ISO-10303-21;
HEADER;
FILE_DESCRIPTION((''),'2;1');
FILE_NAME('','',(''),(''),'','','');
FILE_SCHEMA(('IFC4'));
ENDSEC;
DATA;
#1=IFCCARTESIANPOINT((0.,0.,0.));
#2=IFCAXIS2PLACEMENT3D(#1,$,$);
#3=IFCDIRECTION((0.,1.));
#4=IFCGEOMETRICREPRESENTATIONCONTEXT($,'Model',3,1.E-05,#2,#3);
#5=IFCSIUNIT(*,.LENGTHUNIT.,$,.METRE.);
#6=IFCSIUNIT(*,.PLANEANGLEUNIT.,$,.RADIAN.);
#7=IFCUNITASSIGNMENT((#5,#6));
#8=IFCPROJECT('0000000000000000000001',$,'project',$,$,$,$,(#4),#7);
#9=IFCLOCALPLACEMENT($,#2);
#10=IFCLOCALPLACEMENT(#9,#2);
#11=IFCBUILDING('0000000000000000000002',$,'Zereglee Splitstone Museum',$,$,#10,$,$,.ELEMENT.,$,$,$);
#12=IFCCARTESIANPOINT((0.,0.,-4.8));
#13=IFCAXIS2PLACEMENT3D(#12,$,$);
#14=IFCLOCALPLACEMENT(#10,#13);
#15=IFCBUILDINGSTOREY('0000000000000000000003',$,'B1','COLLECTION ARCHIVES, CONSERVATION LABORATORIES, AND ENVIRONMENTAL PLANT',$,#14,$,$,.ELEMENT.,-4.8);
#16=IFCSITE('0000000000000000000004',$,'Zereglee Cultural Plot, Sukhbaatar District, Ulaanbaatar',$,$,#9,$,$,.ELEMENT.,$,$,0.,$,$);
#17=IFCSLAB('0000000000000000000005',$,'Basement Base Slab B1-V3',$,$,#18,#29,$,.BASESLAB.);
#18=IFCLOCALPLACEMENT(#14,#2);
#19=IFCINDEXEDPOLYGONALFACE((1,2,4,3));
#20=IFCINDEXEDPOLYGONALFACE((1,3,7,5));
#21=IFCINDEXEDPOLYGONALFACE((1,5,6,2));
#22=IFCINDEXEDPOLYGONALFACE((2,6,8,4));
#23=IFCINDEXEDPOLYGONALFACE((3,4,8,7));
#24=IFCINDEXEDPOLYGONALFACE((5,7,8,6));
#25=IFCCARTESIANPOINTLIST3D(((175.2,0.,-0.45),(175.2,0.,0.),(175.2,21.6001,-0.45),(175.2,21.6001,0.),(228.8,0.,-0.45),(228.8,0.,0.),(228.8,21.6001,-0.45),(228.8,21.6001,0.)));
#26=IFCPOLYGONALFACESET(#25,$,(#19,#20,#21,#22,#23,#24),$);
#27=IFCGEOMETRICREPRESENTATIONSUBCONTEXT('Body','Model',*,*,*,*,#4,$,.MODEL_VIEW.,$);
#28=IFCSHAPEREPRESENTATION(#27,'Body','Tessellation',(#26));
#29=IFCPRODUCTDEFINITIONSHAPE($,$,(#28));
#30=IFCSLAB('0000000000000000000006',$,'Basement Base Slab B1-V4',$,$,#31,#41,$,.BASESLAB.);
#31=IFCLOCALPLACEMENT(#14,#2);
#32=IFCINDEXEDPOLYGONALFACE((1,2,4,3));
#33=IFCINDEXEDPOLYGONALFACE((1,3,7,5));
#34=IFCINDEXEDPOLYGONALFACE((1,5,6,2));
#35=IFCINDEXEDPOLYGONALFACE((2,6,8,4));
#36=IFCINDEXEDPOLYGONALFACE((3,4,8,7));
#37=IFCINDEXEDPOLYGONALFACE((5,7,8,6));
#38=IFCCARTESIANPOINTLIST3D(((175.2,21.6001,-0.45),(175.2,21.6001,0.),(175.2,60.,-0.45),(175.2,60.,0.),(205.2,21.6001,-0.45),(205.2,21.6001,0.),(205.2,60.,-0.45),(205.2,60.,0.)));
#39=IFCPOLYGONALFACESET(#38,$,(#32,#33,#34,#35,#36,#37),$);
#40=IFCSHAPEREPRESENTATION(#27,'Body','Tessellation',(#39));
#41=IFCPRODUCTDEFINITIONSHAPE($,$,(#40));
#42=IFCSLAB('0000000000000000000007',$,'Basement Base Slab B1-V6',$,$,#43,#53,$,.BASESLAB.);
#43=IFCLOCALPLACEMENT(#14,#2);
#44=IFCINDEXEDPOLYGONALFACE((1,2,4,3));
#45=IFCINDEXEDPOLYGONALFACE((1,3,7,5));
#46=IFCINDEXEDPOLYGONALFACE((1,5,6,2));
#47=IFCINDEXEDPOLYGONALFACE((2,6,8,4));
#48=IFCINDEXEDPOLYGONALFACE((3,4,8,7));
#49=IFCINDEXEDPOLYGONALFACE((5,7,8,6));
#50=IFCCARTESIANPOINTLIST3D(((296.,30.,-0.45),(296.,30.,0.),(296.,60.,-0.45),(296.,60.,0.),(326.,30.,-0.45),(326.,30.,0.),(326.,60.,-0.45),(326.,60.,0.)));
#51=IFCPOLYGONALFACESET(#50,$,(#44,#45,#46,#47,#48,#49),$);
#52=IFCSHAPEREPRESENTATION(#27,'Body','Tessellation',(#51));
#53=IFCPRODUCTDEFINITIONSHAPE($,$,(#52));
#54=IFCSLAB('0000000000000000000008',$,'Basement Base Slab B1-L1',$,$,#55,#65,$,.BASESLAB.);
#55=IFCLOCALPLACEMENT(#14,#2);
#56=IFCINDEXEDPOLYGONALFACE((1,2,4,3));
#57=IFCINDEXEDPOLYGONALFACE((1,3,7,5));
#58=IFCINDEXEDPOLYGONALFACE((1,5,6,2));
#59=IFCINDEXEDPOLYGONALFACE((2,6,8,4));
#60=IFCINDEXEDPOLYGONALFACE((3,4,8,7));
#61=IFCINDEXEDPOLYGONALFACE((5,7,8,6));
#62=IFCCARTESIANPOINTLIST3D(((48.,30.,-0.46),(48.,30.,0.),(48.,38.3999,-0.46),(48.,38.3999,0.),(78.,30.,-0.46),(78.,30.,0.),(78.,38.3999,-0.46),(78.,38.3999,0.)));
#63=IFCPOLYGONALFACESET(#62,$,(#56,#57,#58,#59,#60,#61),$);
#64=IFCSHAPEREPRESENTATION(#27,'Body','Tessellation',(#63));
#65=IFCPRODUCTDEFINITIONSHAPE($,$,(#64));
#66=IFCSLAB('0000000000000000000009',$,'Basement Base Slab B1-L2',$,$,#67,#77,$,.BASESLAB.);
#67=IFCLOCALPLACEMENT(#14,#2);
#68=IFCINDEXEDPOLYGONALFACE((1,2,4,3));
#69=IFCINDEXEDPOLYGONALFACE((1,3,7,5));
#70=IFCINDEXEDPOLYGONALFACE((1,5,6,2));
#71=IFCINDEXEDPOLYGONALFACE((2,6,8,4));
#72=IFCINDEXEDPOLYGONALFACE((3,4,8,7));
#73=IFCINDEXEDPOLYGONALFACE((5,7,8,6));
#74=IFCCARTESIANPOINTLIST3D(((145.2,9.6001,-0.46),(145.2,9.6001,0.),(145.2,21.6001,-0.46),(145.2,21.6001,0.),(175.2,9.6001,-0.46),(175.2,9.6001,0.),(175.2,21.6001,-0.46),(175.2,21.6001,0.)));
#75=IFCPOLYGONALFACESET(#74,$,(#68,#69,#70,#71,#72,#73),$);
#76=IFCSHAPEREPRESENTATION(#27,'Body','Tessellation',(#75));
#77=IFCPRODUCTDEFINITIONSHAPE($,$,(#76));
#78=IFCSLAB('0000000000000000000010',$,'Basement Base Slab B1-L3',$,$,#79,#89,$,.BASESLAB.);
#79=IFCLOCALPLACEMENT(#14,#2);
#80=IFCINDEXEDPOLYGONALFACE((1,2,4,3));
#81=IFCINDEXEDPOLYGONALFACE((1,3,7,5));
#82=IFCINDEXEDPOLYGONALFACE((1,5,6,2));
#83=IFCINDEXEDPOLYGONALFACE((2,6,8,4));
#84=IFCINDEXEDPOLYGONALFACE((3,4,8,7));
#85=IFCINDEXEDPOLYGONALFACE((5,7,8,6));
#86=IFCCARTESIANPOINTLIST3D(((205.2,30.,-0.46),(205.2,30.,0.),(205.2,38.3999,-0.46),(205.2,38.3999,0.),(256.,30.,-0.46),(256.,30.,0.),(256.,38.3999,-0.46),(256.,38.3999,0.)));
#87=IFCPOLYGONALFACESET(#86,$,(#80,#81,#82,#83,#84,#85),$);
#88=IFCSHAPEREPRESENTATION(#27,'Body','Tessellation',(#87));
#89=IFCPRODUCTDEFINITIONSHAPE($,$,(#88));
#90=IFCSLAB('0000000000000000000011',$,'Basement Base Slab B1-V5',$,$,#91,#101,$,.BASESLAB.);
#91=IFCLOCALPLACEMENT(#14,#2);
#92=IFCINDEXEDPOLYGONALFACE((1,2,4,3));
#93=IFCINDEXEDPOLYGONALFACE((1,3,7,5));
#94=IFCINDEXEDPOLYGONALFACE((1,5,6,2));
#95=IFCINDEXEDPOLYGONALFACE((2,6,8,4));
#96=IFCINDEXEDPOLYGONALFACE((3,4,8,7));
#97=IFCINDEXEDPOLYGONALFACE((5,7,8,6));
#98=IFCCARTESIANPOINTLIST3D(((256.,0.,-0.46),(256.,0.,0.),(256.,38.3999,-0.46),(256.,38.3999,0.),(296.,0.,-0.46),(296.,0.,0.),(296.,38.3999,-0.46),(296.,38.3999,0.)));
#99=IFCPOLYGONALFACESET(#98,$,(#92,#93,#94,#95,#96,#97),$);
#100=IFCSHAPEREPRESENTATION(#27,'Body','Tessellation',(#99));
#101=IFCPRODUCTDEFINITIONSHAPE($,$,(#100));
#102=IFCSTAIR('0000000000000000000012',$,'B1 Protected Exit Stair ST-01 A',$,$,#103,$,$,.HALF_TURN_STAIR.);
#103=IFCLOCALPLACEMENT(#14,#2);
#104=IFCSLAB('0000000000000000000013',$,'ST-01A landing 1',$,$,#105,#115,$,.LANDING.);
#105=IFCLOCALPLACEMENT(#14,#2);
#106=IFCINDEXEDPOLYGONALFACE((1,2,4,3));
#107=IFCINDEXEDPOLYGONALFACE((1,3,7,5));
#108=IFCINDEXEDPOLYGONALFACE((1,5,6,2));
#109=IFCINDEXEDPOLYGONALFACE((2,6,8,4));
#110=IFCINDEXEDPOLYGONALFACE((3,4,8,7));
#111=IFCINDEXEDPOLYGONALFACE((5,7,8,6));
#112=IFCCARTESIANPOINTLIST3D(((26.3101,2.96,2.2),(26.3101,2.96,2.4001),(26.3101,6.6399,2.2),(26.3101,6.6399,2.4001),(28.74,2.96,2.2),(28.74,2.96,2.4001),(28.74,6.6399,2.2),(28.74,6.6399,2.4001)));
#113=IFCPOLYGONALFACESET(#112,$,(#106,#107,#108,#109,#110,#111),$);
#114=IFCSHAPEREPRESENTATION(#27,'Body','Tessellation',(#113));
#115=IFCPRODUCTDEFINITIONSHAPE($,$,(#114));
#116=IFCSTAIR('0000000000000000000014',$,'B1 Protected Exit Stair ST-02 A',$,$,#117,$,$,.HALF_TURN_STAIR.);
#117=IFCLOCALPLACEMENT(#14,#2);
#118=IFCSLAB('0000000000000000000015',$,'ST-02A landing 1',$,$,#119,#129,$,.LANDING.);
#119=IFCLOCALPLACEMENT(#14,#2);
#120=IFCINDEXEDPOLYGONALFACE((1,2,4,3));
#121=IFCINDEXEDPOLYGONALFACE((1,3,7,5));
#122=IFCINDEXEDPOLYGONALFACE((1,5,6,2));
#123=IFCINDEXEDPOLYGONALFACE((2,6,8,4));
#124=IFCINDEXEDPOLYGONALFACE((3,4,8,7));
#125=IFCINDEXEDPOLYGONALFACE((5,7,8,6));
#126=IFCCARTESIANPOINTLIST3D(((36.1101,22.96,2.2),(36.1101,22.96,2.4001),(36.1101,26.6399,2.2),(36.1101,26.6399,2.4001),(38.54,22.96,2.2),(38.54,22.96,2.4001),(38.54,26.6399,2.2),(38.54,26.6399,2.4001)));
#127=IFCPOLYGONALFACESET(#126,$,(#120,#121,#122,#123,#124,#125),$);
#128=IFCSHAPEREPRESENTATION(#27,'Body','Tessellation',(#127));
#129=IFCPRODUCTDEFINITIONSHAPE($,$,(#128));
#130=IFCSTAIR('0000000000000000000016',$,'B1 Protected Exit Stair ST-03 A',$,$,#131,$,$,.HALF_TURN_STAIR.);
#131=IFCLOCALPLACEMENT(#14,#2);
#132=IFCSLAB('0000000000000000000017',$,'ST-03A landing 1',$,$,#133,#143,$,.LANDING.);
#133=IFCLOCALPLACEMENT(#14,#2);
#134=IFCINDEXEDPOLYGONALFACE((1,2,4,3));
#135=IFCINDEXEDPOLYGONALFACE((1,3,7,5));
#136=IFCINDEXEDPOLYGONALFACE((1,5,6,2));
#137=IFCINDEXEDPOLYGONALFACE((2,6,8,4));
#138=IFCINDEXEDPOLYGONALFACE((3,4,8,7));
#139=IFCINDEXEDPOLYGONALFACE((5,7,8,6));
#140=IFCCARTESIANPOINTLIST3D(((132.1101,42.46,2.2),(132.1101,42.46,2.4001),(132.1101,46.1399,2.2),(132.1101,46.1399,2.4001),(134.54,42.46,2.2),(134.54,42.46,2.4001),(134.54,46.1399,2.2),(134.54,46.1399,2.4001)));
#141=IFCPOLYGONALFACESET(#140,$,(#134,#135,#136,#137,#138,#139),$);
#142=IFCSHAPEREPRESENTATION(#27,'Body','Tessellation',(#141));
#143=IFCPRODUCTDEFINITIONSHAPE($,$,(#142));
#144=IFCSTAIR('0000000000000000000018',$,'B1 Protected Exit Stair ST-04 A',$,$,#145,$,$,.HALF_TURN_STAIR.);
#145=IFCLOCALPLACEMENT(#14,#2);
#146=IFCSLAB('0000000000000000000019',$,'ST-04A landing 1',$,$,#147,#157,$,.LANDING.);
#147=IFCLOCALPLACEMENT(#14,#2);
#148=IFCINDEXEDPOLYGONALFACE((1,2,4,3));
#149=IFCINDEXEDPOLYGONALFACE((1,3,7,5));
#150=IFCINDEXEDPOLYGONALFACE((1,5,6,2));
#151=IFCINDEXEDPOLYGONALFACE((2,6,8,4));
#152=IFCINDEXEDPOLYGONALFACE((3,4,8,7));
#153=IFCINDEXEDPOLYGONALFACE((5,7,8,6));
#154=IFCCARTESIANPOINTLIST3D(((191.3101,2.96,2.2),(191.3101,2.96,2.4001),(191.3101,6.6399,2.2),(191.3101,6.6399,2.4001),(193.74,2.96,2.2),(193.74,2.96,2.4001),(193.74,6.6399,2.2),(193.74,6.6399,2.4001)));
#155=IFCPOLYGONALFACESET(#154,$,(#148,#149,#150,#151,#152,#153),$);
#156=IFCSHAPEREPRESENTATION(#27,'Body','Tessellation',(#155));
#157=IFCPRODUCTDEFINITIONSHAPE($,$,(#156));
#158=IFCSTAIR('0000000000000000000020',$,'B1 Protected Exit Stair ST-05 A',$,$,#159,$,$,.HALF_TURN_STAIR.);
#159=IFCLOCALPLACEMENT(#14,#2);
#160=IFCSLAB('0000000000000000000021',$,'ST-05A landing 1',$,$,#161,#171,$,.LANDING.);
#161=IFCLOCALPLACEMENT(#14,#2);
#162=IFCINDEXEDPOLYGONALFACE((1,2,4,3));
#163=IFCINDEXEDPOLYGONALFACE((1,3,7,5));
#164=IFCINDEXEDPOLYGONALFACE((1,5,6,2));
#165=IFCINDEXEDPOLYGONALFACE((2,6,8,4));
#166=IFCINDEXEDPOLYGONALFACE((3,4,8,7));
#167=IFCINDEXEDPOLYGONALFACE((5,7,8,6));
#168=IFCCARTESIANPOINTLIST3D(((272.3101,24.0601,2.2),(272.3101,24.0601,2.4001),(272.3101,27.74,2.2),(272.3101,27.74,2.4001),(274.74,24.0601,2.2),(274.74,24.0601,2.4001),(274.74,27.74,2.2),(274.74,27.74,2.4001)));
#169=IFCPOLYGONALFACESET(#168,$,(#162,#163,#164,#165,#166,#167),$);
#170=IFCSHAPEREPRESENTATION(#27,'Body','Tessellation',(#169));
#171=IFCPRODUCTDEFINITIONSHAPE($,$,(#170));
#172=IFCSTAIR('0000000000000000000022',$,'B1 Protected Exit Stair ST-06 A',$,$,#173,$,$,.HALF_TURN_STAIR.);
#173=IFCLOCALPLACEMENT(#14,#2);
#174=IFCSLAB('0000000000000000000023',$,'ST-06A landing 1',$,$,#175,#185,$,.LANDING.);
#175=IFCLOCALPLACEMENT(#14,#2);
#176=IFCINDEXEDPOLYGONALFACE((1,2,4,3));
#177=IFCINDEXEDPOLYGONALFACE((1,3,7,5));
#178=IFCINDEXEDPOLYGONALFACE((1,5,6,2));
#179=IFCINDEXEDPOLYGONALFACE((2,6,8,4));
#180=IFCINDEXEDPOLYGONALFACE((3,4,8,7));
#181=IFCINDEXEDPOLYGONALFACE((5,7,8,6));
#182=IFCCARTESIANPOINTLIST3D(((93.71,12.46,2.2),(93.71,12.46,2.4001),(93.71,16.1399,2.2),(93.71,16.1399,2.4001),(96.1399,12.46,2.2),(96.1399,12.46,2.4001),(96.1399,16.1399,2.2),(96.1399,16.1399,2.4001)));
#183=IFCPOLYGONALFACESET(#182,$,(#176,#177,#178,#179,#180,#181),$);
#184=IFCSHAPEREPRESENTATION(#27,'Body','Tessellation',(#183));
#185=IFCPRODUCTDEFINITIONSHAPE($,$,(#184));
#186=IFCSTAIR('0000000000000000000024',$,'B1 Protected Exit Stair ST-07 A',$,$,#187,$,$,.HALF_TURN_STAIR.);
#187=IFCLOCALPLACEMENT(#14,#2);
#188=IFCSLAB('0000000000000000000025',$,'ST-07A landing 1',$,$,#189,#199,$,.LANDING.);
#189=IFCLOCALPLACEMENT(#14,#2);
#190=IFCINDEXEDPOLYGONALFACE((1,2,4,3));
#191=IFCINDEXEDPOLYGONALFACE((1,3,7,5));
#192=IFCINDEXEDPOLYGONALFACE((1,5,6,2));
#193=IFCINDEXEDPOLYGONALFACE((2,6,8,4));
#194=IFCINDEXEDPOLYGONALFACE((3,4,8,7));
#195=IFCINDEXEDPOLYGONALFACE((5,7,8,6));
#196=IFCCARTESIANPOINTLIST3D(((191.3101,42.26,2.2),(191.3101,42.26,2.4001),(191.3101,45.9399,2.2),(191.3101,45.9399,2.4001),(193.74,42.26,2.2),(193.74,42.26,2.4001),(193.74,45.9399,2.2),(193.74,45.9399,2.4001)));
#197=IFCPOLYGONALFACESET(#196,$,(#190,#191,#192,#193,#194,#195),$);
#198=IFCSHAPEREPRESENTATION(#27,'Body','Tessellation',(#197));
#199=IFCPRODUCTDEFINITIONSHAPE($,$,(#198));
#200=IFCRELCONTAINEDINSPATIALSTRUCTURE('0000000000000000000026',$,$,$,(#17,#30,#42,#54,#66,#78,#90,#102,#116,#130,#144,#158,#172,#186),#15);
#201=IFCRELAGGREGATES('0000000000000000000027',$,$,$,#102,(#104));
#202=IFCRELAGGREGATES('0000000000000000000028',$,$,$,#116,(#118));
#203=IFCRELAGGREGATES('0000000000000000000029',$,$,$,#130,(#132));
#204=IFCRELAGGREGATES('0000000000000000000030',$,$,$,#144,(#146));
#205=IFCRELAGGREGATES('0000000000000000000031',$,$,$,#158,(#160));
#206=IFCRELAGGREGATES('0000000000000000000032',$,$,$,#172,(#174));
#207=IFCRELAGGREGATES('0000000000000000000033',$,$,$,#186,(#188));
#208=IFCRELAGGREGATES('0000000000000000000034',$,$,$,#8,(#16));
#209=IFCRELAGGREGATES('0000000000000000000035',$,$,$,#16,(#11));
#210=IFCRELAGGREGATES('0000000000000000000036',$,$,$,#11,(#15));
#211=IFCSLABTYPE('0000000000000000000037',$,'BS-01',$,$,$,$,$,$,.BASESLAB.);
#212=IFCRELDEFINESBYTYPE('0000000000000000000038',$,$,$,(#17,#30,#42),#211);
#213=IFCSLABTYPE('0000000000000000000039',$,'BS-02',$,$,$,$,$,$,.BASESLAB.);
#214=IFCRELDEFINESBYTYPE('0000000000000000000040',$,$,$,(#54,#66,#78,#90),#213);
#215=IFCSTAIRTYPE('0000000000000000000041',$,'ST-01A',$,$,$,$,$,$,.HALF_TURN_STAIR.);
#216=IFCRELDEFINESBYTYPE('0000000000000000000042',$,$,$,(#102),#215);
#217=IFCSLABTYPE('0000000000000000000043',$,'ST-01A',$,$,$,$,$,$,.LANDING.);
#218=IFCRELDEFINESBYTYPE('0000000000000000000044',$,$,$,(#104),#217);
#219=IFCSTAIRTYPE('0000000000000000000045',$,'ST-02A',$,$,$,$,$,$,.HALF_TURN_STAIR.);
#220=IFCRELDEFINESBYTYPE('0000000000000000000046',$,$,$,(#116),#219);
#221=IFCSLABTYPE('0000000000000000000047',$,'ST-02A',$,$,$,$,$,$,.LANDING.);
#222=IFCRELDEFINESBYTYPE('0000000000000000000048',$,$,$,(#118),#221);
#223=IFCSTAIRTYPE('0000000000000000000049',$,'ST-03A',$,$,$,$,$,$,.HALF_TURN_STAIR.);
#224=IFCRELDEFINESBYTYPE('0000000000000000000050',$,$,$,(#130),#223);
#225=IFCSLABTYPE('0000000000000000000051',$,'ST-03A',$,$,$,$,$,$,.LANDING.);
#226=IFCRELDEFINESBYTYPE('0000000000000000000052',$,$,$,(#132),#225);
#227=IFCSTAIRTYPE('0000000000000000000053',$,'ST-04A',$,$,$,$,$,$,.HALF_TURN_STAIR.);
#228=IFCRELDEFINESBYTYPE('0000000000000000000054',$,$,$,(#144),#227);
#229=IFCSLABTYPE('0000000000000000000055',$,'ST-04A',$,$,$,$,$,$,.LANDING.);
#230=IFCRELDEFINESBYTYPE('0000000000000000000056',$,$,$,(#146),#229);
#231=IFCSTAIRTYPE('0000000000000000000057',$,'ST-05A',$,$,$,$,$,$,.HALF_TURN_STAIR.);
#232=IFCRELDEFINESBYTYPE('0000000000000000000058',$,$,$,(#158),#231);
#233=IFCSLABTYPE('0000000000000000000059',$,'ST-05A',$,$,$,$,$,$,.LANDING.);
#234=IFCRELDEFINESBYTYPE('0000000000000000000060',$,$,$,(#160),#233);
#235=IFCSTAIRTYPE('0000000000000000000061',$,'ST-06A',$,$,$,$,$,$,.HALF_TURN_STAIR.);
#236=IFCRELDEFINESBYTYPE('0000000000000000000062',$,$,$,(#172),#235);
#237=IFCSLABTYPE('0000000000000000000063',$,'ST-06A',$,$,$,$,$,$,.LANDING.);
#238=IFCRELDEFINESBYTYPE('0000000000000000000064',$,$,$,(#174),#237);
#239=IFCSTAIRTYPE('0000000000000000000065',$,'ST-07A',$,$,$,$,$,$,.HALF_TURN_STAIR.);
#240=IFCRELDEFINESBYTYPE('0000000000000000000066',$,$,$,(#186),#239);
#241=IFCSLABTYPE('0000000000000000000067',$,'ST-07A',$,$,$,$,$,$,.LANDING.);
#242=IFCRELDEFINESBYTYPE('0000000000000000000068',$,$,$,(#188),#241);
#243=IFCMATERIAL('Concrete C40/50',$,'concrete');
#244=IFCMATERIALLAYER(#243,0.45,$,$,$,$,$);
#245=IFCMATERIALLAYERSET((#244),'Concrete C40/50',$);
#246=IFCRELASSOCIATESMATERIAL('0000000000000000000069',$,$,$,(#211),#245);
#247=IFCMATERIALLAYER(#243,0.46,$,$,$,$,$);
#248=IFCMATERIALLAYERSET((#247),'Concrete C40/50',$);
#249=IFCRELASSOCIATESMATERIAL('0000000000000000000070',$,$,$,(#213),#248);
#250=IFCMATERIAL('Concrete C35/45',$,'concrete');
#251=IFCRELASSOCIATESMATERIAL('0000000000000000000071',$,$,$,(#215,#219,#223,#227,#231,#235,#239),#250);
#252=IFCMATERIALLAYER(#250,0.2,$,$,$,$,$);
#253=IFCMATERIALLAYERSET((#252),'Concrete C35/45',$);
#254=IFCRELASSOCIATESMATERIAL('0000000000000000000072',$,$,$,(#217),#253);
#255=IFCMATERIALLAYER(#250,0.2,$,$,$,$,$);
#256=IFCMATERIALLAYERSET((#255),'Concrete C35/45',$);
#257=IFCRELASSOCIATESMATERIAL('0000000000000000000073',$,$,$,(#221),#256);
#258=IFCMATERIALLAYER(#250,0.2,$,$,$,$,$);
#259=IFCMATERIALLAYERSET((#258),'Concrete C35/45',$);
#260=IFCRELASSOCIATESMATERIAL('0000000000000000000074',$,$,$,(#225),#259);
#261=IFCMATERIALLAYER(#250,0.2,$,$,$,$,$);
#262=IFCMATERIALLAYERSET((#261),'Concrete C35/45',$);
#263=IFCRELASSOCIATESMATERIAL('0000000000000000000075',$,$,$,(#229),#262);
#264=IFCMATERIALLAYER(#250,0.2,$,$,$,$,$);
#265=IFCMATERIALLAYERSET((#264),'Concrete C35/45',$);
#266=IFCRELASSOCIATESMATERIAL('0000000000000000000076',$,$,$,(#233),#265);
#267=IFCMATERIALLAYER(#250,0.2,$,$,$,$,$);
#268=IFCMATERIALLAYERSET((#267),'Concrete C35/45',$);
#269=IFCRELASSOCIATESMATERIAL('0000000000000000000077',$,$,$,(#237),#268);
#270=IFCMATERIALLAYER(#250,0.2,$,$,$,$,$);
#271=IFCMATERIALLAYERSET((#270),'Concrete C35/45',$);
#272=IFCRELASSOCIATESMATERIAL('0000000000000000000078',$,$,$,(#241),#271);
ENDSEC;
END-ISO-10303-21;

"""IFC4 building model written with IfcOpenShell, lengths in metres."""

from ifc_helpers import new_model, si_unit, direction, frame, origin, place, context, subcontext, project, spatial, polyline, outline, extrude, material, layer, layer_set, type_object, element, aggregate, save


model = new_model("IFC4")

# Units and contexts
model_context = context("Model", 3, precision=1e-05, world=origin(), true_north=direction((0.0, 1.0)))
body_context = subcontext(model_context, "Body", "Model", "MODEL_VIEW")
ifc_project = project(units=[si_unit("LENGTHUNIT", "METRE"), si_unit("PLANEANGLEUNIT", "RADIAN")], contexts=[model_context])

# Site, building, storey
site_placement = place(None, origin())
site = spatial("IfcSite", under=ifc_project, at=site_placement, Name="Zereglee Cultural Plot, Sukhbaatar District, Ulaanbaatar", CompositionType="ELEMENT", RefElevation=0.0)
building_placement = place(site_placement, origin())
building = spatial("IfcBuilding", under=site, at=building_placement, Name="Zereglee Splitstone Museum", CompositionType="ELEMENT")
storey_placement = place(building_placement, frame((0.0, 0.0, -4.8)))
storey = spatial("IfcBuildingStorey", under=building, at=storey_placement, Name="B1", Description="COLLECTION ARCHIVES, CONSERVATION LABORATORIES, AND ENVIRONMENTAL PLANT", CompositionType="ELEMENT", Elevation=-4.8)

# Shared definitions
ifc_material_1 = material(Name="Concrete C40/50", Category="concrete")

# Slabs
ifc_layer_1 = layer(ifc_material_1, 0.45)
ifc_layer_set_1 = layer_set([ifc_layer_1], Name="Concrete C40/50")
slab_type_1 = type_object("IfcSlabType", Name="BS-01", PredefinedType="BASESLAB", material=ifc_layer_set_1)
slab_1_placement = place(storey_placement, frame((0.0, 0.0, -0.45)))
element("IfcSlab", 1, at=slab_1_placement, inside=storey, type_object=slab_type_1, Name="Basement Base Slab B1-V3", PredefinedType="BASESLAB", context=body_context, shape_type="SweptSolid", body=[
    extrude(outline(polyline([(175.2, 0.0), (228.8, 0.0), (228.8, 21.6001), (175.2, 21.6001), (175.2, 0.0)])), origin(), (0.0, 0.0, 1.0), 0.45),
])
slab_2_placement = place(storey_placement, frame((0.0, 0.0, -0.45)))
element("IfcSlab", 2, at=slab_2_placement, inside=storey, type_object=slab_type_1, Name="Basement Base Slab B1-V4", PredefinedType="BASESLAB", context=body_context, shape_type="SweptSolid", body=[
    extrude(outline(polyline([(175.2, 21.6001), (205.2, 21.6001), (205.2, 60.0), (175.2, 60.0), (175.2, 21.6001)])), origin(), (0.0, 0.0, 1.0), 0.45),
])
slab_3_placement = place(storey_placement, frame((0.0, 0.0, -0.45)))
element("IfcSlab", 3, at=slab_3_placement, inside=storey, type_object=slab_type_1, Name="Basement Base Slab B1-V6", PredefinedType="BASESLAB", context=body_context, shape_type="SweptSolid", body=[
    extrude(outline(polyline([(296.0, 30.0), (326.0, 30.0), (326.0, 60.0), (296.0, 60.0), (296.0, 30.0)])), origin(), (0.0, 0.0, 1.0), 0.45),
])
ifc_layer_2 = layer(ifc_material_1, 0.46)
ifc_layer_set_2 = layer_set([ifc_layer_2], Name="Concrete C40/50")
slab_type_2 = type_object("IfcSlabType", Name="BS-02", PredefinedType="BASESLAB", material=ifc_layer_set_2)
slab_4_placement = place(storey_placement, frame((0.0, 0.0, -0.46)))
element("IfcSlab", 4, at=slab_4_placement, inside=storey, type_object=slab_type_2, Name="Basement Base Slab B1-L1", PredefinedType="BASESLAB", context=body_context, shape_type="SweptSolid", body=[
    extrude(outline(polyline([(48.0, 30.0), (78.0, 30.0), (78.0, 38.3999), (48.0, 38.3999), (48.0, 30.0)])), origin(), (0.0, 0.0, 1.0), 0.46),
])
slab_5_placement = place(storey_placement, frame((0.0, 0.0, -0.46)))
element("IfcSlab", 5, at=slab_5_placement, inside=storey, type_object=slab_type_2, Name="Basement Base Slab B1-L2", PredefinedType="BASESLAB", context=body_context, shape_type="SweptSolid", body=[
    extrude(outline(polyline([(145.2, 9.6001), (175.2, 9.6001), (175.2, 21.6001), (145.2, 21.6001), (145.2, 9.6001)])), origin(), (0.0, 0.0, 1.0), 0.46),
])
slab_6_placement = place(storey_placement, frame((0.0, 0.0, -0.46)))
element("IfcSlab", 6, at=slab_6_placement, inside=storey, type_object=slab_type_2, Name="Basement Base Slab B1-L3", PredefinedType="BASESLAB", context=body_context, shape_type="SweptSolid", body=[
    extrude(outline(polyline([(205.2, 30.0), (256.0, 30.0), (256.0, 38.3999), (205.2, 38.3999), (205.2, 30.0)])), origin(), (0.0, 0.0, 1.0), 0.46),
])
slab_7_placement = place(storey_placement, frame((0.0, 0.0, -0.46)))
element("IfcSlab", 7, at=slab_7_placement, inside=storey, type_object=slab_type_2, Name="Basement Base Slab B1-V5", PredefinedType="BASESLAB", context=body_context, shape_type="SweptSolid", body=[
    extrude(outline(polyline([(256.0, 0.0), (296.0, 0.0), (296.0, 38.3999), (256.0, 38.3999), (256.0, 0.0)])), origin(), (0.0, 0.0, 1.0), 0.46),
])

# Stairs, slabs
ifc_material_2 = material(Name="Concrete C35/45", Category="concrete")
stair_type_1 = type_object("IfcStairType", Name="ST-01A", PredefinedType="HALF_TURN_STAIR", material=ifc_material_2)
stair_1_placement = place(storey_placement, origin())
stair_1 = element("IfcStair", 8, at=stair_1_placement, inside=storey, type_object=stair_type_1, Name="B1 Protected Exit Stair ST-01 A", PredefinedType="HALF_TURN_STAIR")
ifc_layer_3 = layer(ifc_material_2, 0.2)
ifc_layer_set_3 = layer_set([ifc_layer_3], Name="Concrete C35/45")
slab_type_3 = type_object("IfcSlabType", Name="ST-01A", PredefinedType="LANDING", material=ifc_layer_set_3)
slab_8_placement = place(storey_placement, frame((0.0, 0.0, 2.2)))
slab_8 = element("IfcSlab", 9, at=slab_8_placement, type_object=slab_type_3, Name="ST-01A landing 1", PredefinedType="LANDING", context=body_context, shape_type="SweptSolid", body=[
    extrude(outline(polyline([(26.3101, 2.96), (28.74, 2.96), (28.74, 6.6399), (26.3101, 6.6399), (26.3101, 2.96)])), origin(), (0.0, 0.0, 1.0), 0.2002),
])
aggregate(stair_1, [slab_8])
stair_type_2 = type_object("IfcStairType", Name="ST-02A", PredefinedType="HALF_TURN_STAIR", material=ifc_material_2)
stair_2_placement = place(storey_placement, origin())
stair_2 = element("IfcStair", 10, at=stair_2_placement, inside=storey, type_object=stair_type_2, Name="B1 Protected Exit Stair ST-02 A", PredefinedType="HALF_TURN_STAIR")
ifc_layer_4 = layer(ifc_material_2, 0.2)
ifc_layer_set_4 = layer_set([ifc_layer_4], Name="Concrete C35/45")
slab_type_4 = type_object("IfcSlabType", Name="ST-02A", PredefinedType="LANDING", material=ifc_layer_set_4)
slab_9_placement = place(storey_placement, frame((0.0, 0.0, 2.2)))
slab_9 = element("IfcSlab", 11, at=slab_9_placement, type_object=slab_type_4, Name="ST-02A landing 1", PredefinedType="LANDING", context=body_context, shape_type="SweptSolid", body=[
    extrude(outline(polyline([(36.1101, 22.96), (38.54, 22.96), (38.54, 26.6399), (36.1101, 26.6399), (36.1101, 22.96)])), origin(), (0.0, 0.0, 1.0), 0.2002),
])
aggregate(stair_2, [slab_9])
stair_type_3 = type_object("IfcStairType", Name="ST-03A", PredefinedType="HALF_TURN_STAIR", material=ifc_material_2)
stair_3_placement = place(storey_placement, origin())
stair_3 = element("IfcStair", 12, at=stair_3_placement, inside=storey, type_object=stair_type_3, Name="B1 Protected Exit Stair ST-03 A", PredefinedType="HALF_TURN_STAIR")
ifc_layer_5 = layer(ifc_material_2, 0.2)
ifc_layer_set_5 = layer_set([ifc_layer_5], Name="Concrete C35/45")
slab_type_5 = type_object("IfcSlabType", Name="ST-03A", PredefinedType="LANDING", material=ifc_layer_set_5)
slab_10_placement = place(storey_placement, frame((0.0, 0.0, 2.2)))
slab_10 = element("IfcSlab", 13, at=slab_10_placement, type_object=slab_type_5, Name="ST-03A landing 1", PredefinedType="LANDING", context=body_context, shape_type="SweptSolid", body=[
    extrude(outline(polyline([(132.1101, 42.46), (134.54, 42.46), (134.54, 46.1399), (132.1101, 46.1399), (132.1101, 42.46)])), origin(), (0.0, 0.0, 1.0), 0.2002),
])
aggregate(stair_3, [slab_10])
stair_type_4 = type_object("IfcStairType", Name="ST-04A", PredefinedType="HALF_TURN_STAIR", material=ifc_material_2)
stair_4_placement = place(storey_placement, origin())
stair_4 = element("IfcStair", 14, at=stair_4_placement, inside=storey, type_object=stair_type_4, Name="B1 Protected Exit Stair ST-04 A", PredefinedType="HALF_TURN_STAIR")
ifc_layer_6 = layer(ifc_material_2, 0.2)
ifc_layer_set_6 = layer_set([ifc_layer_6], Name="Concrete C35/45")
slab_type_6 = type_object("IfcSlabType", Name="ST-04A", PredefinedType="LANDING", material=ifc_layer_set_6)
slab_11_placement = place(storey_placement, frame((0.0, 0.0, 2.2)))
slab_11 = element("IfcSlab", 15, at=slab_11_placement, type_object=slab_type_6, Name="ST-04A landing 1", PredefinedType="LANDING", context=body_context, shape_type="SweptSolid", body=[
    extrude(outline(polyline([(191.3101, 2.96), (193.74, 2.96), (193.74, 6.6399), (191.3101, 6.6399), (191.3101, 2.96)])), origin(), (0.0, 0.0, 1.0), 0.2002),
])
aggregate(stair_4, [slab_11])
stair_type_5 = type_object("IfcStairType", Name="ST-05A", PredefinedType="HALF_TURN_STAIR", material=ifc_material_2)
stair_5_placement = place(storey_placement, origin())
stair_5 = element("IfcStair", 16, at=stair_5_placement, inside=storey, type_object=stair_type_5, Name="B1 Protected Exit Stair ST-05 A", PredefinedType="HALF_TURN_STAIR")
ifc_layer_7 = layer(ifc_material_2, 0.2)
ifc_layer_set_7 = layer_set([ifc_layer_7], Name="Concrete C35/45")
slab_type_7 = type_object("IfcSlabType", Name="ST-05A", PredefinedType="LANDING", material=ifc_layer_set_7)
slab_12_placement = place(storey_placement, frame((0.0, 0.0, 2.2)))
slab_12 = element("IfcSlab", 17, at=slab_12_placement, type_object=slab_type_7, Name="ST-05A landing 1", PredefinedType="LANDING", context=body_context, shape_type="SweptSolid", body=[
    extrude(outline(polyline([(272.3101, 24.0601), (274.74, 24.0601), (274.74, 27.74), (272.3101, 27.74), (272.3101, 24.0601)])), origin(), (0.0, 0.0, 1.0), 0.2002),
])
aggregate(stair_5, [slab_12])
stair_type_6 = type_object("IfcStairType", Name="ST-06A", PredefinedType="HALF_TURN_STAIR", material=ifc_material_2)
stair_6_placement = place(storey_placement, origin())
stair_6 = element("IfcStair", 18, at=stair_6_placement, inside=storey, type_object=stair_type_6, Name="B1 Protected Exit Stair ST-06 A", PredefinedType="HALF_TURN_STAIR")
ifc_layer_8 = layer(ifc_material_2, 0.2)
ifc_layer_set_8 = layer_set([ifc_layer_8], Name="Concrete C35/45")
slab_type_8 = type_object("IfcSlabType", Name="ST-06A", PredefinedType="LANDING", material=ifc_layer_set_8)
slab_13_placement = place(storey_placement, frame((0.0, 0.0, 2.2)))
slab_13 = element("IfcSlab", 19, at=slab_13_placement, type_object=slab_type_8, Name="ST-06A landing 1", PredefinedType="LANDING", context=body_context, shape_type="SweptSolid", body=[
    extrude(outline(polyline([(93.71, 12.46), (96.1399, 12.46), (96.1399, 16.1399), (93.71, 16.1399), (93.71, 12.46)])), origin(), (0.0, 0.0, 1.0), 0.2002),
])
aggregate(stair_6, [slab_13])
stair_type_7 = type_object("IfcStairType", Name="ST-07A", PredefinedType="HALF_TURN_STAIR", material=ifc_material_2)
stair_7_placement = place(storey_placement, origin())
stair_7 = element("IfcStair", 20, at=stair_7_placement, inside=storey, type_object=stair_type_7, Name="B1 Protected Exit Stair ST-07 A", PredefinedType="HALF_TURN_STAIR")
ifc_layer_9 = layer(ifc_material_2, 0.2)
ifc_layer_set_9 = layer_set([ifc_layer_9], Name="Concrete C35/45")
slab_type_9 = type_object("IfcSlabType", Name="ST-07A", PredefinedType="LANDING", material=ifc_layer_set_9)
slab_14_placement = place(storey_placement, frame((0.0, 0.0, 2.2)))
slab_14 = element("IfcSlab", 21, at=slab_14_placement, type_object=slab_type_9, Name="ST-07A landing 1", PredefinedType="LANDING", context=body_context, shape_type="SweptSolid", body=[
    extrude(outline(polyline([(191.3101, 42.26), (193.74, 42.26), (193.74, 45.9399), (191.3101, 45.9399), (191.3101, 42.26)])), origin(), (0.0, 0.0, 1.0), 0.2002),
])
aggregate(stair_7, [slab_14])

save(model, "model.ifc")
